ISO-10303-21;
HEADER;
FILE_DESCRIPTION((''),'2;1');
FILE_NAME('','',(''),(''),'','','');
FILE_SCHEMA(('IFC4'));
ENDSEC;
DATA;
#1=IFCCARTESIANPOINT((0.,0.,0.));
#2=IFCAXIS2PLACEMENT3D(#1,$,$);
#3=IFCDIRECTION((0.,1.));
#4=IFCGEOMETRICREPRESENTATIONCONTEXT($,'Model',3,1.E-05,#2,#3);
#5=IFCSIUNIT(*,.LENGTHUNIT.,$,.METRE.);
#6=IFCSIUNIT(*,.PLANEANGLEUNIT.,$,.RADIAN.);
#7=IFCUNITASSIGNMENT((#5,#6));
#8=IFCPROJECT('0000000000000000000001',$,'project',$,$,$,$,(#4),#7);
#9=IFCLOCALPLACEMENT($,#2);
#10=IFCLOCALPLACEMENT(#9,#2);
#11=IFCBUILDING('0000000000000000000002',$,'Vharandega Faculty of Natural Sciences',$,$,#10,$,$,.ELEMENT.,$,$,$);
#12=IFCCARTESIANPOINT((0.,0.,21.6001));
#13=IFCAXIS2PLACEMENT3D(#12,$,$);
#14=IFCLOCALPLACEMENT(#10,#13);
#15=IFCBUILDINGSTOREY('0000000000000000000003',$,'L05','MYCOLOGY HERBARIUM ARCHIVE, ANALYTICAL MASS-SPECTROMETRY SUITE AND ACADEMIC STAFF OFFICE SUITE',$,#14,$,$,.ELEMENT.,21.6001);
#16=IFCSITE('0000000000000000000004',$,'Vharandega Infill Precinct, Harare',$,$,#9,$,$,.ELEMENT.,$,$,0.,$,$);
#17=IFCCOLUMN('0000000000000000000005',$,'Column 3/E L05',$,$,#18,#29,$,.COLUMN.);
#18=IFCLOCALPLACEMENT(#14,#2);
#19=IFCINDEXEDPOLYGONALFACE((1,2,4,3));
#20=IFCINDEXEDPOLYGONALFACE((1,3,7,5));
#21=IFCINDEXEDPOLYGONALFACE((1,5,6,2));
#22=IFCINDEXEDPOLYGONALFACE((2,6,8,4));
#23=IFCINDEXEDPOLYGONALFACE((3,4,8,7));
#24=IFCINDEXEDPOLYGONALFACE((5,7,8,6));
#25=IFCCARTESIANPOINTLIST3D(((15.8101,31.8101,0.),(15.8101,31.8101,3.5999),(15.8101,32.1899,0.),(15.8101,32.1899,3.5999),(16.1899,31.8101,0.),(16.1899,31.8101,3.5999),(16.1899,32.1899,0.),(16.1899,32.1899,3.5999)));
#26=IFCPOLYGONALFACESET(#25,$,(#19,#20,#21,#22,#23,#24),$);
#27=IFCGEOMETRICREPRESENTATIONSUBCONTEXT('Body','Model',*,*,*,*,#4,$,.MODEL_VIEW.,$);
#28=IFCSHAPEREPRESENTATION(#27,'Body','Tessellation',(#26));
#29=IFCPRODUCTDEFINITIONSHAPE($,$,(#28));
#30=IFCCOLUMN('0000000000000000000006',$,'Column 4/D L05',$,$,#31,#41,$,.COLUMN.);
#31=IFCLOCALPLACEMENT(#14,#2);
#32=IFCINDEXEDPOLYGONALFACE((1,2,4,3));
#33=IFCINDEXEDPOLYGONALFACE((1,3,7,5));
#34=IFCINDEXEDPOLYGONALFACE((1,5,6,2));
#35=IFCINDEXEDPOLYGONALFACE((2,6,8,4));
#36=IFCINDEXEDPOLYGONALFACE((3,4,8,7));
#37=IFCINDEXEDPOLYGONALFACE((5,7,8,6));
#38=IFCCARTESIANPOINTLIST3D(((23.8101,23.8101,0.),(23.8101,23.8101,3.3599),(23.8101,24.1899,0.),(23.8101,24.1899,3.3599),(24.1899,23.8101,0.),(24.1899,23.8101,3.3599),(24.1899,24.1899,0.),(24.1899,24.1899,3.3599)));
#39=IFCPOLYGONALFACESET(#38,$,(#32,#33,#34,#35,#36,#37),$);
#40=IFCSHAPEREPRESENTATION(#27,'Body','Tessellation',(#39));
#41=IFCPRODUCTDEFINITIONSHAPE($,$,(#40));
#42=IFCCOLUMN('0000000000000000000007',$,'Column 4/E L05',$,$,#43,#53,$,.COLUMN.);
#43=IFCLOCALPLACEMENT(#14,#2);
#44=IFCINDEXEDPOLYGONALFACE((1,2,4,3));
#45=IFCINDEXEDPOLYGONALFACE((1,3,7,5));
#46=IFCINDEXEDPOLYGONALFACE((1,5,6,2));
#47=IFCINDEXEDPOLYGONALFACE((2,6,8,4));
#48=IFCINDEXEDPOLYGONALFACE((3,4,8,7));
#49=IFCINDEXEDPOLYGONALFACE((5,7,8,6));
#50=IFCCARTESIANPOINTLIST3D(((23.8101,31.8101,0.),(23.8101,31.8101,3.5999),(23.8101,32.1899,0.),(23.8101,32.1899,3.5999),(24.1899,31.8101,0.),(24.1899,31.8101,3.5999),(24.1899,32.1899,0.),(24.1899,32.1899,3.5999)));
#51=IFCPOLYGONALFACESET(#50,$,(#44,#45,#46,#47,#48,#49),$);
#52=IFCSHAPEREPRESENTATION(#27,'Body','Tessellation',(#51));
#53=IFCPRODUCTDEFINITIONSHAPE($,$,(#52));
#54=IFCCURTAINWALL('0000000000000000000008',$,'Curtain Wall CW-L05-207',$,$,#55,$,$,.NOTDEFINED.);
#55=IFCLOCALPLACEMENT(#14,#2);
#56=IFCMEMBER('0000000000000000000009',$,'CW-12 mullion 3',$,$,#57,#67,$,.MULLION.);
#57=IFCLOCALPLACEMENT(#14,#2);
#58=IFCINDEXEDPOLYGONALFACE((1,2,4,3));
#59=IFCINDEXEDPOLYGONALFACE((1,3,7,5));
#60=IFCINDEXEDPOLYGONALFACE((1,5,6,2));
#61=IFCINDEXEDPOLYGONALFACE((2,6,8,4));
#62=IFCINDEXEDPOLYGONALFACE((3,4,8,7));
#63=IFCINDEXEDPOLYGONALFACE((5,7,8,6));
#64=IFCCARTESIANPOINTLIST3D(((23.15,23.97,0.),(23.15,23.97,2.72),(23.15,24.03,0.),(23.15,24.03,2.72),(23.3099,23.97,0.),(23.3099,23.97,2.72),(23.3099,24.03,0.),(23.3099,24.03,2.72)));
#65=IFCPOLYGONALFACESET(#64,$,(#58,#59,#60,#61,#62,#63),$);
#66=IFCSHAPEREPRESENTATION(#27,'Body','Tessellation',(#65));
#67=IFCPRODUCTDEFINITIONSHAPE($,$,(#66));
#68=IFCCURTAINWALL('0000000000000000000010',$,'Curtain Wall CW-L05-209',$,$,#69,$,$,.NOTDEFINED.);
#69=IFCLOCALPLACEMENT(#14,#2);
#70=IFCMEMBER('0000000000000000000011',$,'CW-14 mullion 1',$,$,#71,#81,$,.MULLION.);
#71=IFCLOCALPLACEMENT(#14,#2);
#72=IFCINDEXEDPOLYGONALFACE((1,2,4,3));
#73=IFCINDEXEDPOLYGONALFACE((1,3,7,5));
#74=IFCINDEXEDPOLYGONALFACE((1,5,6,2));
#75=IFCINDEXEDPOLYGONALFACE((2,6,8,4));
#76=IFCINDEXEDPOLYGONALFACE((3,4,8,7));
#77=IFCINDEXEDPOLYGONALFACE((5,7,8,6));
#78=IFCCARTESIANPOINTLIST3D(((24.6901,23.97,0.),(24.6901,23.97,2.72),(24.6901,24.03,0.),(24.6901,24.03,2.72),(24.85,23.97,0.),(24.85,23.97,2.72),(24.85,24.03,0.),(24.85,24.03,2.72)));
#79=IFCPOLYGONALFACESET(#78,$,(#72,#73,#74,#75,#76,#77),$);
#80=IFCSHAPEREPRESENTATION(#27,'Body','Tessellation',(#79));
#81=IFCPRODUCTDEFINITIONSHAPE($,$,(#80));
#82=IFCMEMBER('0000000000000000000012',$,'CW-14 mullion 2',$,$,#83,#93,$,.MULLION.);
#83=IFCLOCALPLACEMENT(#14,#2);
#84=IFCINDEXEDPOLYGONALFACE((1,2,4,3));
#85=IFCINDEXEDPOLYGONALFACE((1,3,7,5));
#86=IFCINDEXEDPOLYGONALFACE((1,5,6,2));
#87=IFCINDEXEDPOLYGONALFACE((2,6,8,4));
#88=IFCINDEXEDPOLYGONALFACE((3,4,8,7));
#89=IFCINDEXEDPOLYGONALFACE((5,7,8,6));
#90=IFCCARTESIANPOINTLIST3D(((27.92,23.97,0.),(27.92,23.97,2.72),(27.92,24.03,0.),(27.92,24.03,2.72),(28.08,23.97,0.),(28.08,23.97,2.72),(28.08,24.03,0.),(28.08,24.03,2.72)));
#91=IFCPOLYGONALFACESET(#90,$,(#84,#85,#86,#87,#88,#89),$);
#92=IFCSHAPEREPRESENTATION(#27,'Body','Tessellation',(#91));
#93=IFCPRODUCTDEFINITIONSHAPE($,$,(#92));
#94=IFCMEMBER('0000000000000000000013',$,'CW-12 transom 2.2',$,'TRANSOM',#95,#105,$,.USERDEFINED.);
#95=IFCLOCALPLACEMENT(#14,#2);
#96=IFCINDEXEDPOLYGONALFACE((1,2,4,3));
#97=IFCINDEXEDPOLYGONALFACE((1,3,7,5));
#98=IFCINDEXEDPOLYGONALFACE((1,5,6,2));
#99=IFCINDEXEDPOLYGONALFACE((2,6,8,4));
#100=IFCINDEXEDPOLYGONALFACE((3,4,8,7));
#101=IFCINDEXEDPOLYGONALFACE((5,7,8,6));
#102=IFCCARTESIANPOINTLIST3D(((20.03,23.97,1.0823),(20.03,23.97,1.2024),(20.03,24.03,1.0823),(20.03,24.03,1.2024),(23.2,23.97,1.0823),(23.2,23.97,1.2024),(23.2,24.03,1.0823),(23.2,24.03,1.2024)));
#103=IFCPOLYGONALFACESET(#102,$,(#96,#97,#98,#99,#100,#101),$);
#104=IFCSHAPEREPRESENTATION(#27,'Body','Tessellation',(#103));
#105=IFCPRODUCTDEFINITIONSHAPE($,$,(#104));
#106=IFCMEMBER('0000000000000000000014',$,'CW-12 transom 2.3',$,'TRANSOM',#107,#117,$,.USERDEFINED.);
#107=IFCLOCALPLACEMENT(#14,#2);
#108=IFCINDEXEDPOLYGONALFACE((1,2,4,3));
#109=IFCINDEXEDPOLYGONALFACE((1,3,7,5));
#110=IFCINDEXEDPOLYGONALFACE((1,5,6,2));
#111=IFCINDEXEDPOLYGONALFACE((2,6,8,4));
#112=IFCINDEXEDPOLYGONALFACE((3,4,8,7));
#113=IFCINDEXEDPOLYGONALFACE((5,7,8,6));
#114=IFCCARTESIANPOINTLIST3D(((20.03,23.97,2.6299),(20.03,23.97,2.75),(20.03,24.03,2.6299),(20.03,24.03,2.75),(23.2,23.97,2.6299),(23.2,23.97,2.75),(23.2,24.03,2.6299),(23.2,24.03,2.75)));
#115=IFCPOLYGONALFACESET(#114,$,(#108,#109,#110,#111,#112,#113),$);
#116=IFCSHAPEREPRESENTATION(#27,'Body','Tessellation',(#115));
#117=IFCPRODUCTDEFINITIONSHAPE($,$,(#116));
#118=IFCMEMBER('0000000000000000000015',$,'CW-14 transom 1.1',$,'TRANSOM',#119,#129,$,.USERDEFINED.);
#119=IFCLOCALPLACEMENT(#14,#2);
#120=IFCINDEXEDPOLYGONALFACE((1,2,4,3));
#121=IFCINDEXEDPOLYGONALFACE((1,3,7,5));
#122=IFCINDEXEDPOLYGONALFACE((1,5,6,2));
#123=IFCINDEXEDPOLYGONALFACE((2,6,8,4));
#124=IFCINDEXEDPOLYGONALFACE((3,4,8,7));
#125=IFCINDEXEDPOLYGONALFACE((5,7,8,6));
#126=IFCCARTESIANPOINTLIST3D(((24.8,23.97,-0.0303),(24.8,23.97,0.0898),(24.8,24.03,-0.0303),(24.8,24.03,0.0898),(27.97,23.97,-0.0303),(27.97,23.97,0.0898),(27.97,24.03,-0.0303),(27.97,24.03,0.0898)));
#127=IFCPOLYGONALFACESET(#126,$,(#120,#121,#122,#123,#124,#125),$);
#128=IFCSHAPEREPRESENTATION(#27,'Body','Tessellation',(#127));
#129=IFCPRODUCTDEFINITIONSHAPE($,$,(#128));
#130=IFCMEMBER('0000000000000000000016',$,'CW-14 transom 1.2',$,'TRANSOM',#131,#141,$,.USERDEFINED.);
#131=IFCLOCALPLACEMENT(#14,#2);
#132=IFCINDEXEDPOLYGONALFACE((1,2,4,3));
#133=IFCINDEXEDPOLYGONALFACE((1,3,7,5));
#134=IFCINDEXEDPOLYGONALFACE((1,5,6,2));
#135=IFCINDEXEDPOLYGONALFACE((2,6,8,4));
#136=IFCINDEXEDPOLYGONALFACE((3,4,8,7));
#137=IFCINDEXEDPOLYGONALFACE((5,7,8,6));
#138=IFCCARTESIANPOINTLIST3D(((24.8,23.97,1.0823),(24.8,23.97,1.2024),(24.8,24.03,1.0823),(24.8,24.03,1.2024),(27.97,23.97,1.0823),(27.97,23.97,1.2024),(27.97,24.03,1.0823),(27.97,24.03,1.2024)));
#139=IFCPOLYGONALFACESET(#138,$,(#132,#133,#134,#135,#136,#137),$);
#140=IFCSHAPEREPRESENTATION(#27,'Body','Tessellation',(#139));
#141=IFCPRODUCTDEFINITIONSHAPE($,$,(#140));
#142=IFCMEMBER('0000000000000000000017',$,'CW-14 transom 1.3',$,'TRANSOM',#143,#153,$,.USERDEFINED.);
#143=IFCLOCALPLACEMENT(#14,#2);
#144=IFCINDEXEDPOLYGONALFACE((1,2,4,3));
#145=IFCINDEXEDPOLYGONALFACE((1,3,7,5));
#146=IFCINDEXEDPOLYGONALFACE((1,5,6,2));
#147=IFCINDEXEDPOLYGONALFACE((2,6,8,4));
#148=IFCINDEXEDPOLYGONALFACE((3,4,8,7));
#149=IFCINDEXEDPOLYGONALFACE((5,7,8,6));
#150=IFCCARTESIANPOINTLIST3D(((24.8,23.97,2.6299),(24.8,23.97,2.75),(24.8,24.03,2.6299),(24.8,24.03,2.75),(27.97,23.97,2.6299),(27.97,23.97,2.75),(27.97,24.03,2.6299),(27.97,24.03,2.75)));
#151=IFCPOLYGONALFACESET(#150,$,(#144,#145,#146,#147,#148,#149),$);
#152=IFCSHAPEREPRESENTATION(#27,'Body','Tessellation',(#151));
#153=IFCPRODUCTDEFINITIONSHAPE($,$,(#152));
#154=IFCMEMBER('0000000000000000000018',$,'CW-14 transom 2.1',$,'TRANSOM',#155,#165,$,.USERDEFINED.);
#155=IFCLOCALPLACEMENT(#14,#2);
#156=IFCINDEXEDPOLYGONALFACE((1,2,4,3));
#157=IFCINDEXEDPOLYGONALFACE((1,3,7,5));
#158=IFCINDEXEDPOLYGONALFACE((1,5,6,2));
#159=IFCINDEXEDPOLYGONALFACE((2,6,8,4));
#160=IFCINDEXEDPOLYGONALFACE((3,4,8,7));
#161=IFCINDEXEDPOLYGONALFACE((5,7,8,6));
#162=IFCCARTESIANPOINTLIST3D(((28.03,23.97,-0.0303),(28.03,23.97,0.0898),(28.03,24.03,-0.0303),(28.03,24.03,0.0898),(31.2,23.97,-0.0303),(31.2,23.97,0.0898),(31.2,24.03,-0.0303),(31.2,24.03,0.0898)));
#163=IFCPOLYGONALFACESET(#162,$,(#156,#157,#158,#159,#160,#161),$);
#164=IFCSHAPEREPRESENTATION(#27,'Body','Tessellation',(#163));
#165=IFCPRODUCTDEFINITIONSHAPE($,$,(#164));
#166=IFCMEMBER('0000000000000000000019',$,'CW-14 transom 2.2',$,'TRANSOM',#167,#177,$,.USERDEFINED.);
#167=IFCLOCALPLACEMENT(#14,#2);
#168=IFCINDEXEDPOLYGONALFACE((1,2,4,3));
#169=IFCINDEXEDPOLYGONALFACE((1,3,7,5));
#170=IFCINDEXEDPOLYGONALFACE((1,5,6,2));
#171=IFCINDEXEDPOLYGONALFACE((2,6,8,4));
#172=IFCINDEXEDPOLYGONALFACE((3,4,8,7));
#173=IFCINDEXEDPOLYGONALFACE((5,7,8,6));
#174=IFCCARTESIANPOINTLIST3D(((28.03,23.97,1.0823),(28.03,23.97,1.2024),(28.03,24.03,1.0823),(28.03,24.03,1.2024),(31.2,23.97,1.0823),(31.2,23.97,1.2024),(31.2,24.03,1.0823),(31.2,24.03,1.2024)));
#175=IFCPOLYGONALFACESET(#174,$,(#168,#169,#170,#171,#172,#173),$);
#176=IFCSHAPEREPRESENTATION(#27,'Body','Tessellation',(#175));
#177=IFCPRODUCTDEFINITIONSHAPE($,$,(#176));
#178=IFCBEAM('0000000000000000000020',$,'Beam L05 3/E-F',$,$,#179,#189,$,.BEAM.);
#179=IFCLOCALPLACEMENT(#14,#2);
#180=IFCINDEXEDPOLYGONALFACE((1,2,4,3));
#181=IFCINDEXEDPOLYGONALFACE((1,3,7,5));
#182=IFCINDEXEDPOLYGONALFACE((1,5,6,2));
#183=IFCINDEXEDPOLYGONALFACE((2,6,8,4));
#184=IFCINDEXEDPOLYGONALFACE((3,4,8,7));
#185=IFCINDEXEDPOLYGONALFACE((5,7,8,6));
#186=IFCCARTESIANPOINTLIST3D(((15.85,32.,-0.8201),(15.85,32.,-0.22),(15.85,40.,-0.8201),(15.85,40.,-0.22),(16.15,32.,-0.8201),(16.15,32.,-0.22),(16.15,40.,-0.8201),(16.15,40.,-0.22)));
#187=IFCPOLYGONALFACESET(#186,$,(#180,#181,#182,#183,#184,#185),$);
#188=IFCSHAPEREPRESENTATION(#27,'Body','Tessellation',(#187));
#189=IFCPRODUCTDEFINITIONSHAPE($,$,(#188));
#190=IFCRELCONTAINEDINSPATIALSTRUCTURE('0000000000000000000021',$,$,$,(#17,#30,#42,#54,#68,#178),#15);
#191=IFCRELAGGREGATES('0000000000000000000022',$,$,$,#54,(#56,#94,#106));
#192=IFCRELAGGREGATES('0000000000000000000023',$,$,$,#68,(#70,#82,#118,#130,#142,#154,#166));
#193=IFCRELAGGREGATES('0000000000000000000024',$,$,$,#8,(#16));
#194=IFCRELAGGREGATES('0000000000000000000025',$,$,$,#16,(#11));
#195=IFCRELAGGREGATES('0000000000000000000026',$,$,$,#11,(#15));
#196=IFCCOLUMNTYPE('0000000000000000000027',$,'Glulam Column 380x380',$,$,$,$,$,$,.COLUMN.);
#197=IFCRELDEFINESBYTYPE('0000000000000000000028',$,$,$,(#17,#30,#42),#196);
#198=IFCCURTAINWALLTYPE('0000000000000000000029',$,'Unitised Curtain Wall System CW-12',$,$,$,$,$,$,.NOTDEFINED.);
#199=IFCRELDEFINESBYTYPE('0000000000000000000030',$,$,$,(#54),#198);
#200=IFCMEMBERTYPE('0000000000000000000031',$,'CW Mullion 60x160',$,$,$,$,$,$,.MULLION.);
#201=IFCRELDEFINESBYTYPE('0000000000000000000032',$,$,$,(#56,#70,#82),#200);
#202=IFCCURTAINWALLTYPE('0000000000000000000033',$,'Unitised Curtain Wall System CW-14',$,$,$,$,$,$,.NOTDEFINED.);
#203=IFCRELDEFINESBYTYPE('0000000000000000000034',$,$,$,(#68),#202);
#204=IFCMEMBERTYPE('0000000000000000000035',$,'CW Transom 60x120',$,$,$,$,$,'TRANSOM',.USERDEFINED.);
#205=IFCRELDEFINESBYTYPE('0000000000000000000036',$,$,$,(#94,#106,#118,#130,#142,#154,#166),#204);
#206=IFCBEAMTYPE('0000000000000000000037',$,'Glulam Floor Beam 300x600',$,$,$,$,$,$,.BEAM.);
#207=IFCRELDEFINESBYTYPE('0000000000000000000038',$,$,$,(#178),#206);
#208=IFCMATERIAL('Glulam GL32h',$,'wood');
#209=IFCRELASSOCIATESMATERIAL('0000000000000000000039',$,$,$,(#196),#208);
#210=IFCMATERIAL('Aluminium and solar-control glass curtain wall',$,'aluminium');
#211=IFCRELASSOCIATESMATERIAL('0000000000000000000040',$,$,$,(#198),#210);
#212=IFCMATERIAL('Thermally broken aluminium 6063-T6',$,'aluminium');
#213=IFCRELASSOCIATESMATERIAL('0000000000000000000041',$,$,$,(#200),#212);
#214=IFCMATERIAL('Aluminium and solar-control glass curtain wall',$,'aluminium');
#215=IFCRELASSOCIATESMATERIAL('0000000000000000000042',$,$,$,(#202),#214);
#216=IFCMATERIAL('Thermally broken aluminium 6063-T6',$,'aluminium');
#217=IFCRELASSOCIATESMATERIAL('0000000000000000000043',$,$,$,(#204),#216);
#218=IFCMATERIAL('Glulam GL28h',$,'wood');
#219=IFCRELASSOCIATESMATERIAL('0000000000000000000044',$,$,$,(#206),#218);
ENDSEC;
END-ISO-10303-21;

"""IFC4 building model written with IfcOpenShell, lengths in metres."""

from ifc_helpers import new_model, si_unit, direction, frame, origin, origin_2d, place, context, subcontext, project, spatial, rectangle, extrude, material, material_profile, profile_set, type_object, element, aggregate, save


model = new_model("IFC4")

# Units and contexts
model_context = context("Model", 3, precision=1e-05, world=origin(), true_north=direction((0.0, 1.0)))
body_context = subcontext(model_context, "Body", "Model", "MODEL_VIEW")
ifc_project = project(units=[si_unit("LENGTHUNIT", "METRE"), si_unit("PLANEANGLEUNIT", "RADIAN")], contexts=[model_context])

# Site, building, storey
site_placement = place(None, origin())
site = spatial("IfcSite", under=ifc_project, at=site_placement, Name="Vharandega Infill Precinct, Harare", CompositionType="ELEMENT", RefElevation=0.0)
building_placement = place(site_placement, origin())
building = spatial("IfcBuilding", under=site, at=building_placement, Name="Vharandega Faculty of Natural Sciences", CompositionType="ELEMENT")
storey_placement = place(building_placement, frame((0.0, 0.0, 21.6001)))
storey = spatial("IfcBuildingStorey", under=building, at=storey_placement, Name="L05", Description="MYCOLOGY HERBARIUM ARCHIVE, ANALYTICAL MASS-SPECTROMETRY SUITE AND ACADEMIC STAFF OFFICE SUITE", CompositionType="ELEMENT", Elevation=21.6001)

# Columns
ifc_material_1 = material(Name="Glulam GL32h", Category="wood")
ifc_material_profile_1 = material_profile(ifc_material_1, rectangle(XDim=0.3799, YDim=0.3799, at=origin_2d()), Name="GL32h 380x380")
ifc_profile_set_1 = profile_set([ifc_material_profile_1], Name="Glulam GL32h")
column_type = type_object("IfcColumnType", Name="Glulam Column 380x380", PredefinedType="COLUMN", material=ifc_profile_set_1)
column_1_placement = place(storey_placement, frame((16.0, 32.0, 0.0), z_axis=(0.0, 0.0, 1.0), x_axis=(1.0, 0.0, 0.0)))
element("IfcColumn", 1, at=column_1_placement, inside=storey, type_object=column_type, Name="Column 3/E L05", PredefinedType="COLUMN", context=body_context, shape_type="SweptSolid", body=[
    extrude(rectangle(XDim=0.3799, YDim=0.3799, at=origin_2d()), origin(), (0.0, 0.0, 1.0), 3.5999),
])
column_2_placement = place(storey_placement, frame((24.0, 24.0, 0.0), z_axis=(0.0, 0.0, 1.0), x_axis=(1.0, 0.0, 0.0)))
element("IfcColumn", 2, at=column_2_placement, inside=storey, type_object=column_type, Name="Column 4/D L05", PredefinedType="COLUMN", context=body_context, shape_type="SweptSolid", body=[
    extrude(rectangle(XDim=0.3799, YDim=0.3799, at=origin_2d()), origin(), (0.0, 0.0, 1.0), 3.3599),
])
column_3_placement = place(storey_placement, frame((24.0, 32.0, 0.0), z_axis=(0.0, 0.0, 1.0), x_axis=(1.0, 0.0, 0.0)))
element("IfcColumn", 3, at=column_3_placement, inside=storey, type_object=column_type, Name="Column 4/E L05", PredefinedType="COLUMN", context=body_context, shape_type="SweptSolid", body=[
    extrude(rectangle(XDim=0.3799, YDim=0.3799, at=origin_2d()), origin(), (0.0, 0.0, 1.0), 3.5999),
])

# Curtain wall, member
ifc_material_2 = material(Name="Aluminium and solar-control glass curtain wall", Category="aluminium")
curtain_wall_type_1 = type_object("IfcCurtainWallType", Name="Unitised Curtain Wall System CW-12", PredefinedType="NOTDEFINED", material=ifc_material_2)
curtain_wall_1_placement = place(storey_placement, origin())
curtain_wall_1 = element("IfcCurtainWall", 4, at=curtain_wall_1_placement, inside=storey, type_object=curtain_wall_type_1, Name="Curtain Wall CW-L05-207", PredefinedType="NOTDEFINED")
ifc_material_3 = material(Name="Thermally broken aluminium 6063-T6", Category="aluminium")
ifc_material_profile_2 = material_profile(ifc_material_3, rectangle(XDim=0.0601, YDim=0.1599, at=origin_2d()), Name="ALU 60x160")
ifc_profile_set_2 = profile_set([ifc_material_profile_2], Name="Thermally broken aluminium 6063-T6")
member_type_1 = type_object("IfcMemberType", Name="CW Mullion 60x160", PredefinedType="MULLION", material=ifc_profile_set_2)
member_1_placement = place(storey_placement, frame((23.23, 24.0, 0.0), z_axis=(0.0, 0.0, 1.0), x_axis=(0.0, 1.0, 0.0)))
member_1 = element("IfcMember", 5, at=member_1_placement, type_object=member_type_1, Name="CW-12 mullion 3", PredefinedType="MULLION", context=body_context, shape_type="SweptSolid", body=[
    extrude(rectangle(XDim=0.0601, YDim=0.1599, at=origin_2d()), origin(), (0.0, 0.0, 1.0), 2.72),
])

# Curtain wall, members
ifc_material_4 = material(Name="Aluminium and solar-control glass curtain wall", Category="aluminium")
curtain_wall_type_2 = type_object("IfcCurtainWallType", Name="Unitised Curtain Wall System CW-14", PredefinedType="NOTDEFINED", material=ifc_material_4)
curtain_wall_2_placement = place(storey_placement, origin())
curtain_wall_2 = element("IfcCurtainWall", 6, at=curtain_wall_2_placement, inside=storey, type_object=curtain_wall_type_2, Name="Curtain Wall CW-L05-209", PredefinedType="NOTDEFINED")
member_2_placement = place(storey_placement, frame((24.77, 24.0, 0.0), z_axis=(0.0, 0.0, 1.0), x_axis=(0.0, 1.0, 0.0)))
member_2 = element("IfcMember", 7, at=member_2_placement, type_object=member_type_1, Name="CW-14 mullion 1", PredefinedType="MULLION", context=body_context, shape_type="SweptSolid", body=[
    extrude(rectangle(XDim=0.0601, YDim=0.1599, at=origin_2d()), origin(), (0.0, 0.0, 1.0), 2.72),
])
member_3_placement = place(storey_placement, frame((28.0, 24.0, 0.0), z_axis=(0.0, 0.0, 1.0), x_axis=(0.0, 1.0, 0.0)))
member_3 = element("IfcMember", 8, at=member_3_placement, type_object=member_type_1, Name="CW-14 mullion 2", PredefinedType="MULLION", context=body_context, shape_type="SweptSolid", body=[
    extrude(rectangle(XDim=0.0601, YDim=0.1599, at=origin_2d()), origin(), (0.0, 0.0, 1.0), 2.72),
])

# Members
ifc_material_5 = material(Name="Thermally broken aluminium 6063-T6", Category="aluminium")
ifc_material_profile_3 = material_profile(ifc_material_5, rectangle(XDim=0.0601, YDim=0.1201, at=origin_2d()), Name="ALU 60x120")
ifc_profile_set_3 = profile_set([ifc_material_profile_3], Name="Thermally broken aluminium 6063-T6")
member_type_2 = type_object("IfcMemberType", Name="CW Transom 60x120", ElementType="TRANSOM", PredefinedType="USERDEFINED", material=ifc_profile_set_3)
member_4_placement = place(storey_placement, frame((20.03, 24.0, 1.1423), z_axis=(1.0, 0.0, 0.0), x_axis=(0.0, 1.0, 0.0)))
member_4 = element("IfcMember", 9, at=member_4_placement, type_object=member_type_2, Name="CW-12 transom 2.2", ObjectType="TRANSOM", PredefinedType="USERDEFINED", context=body_context, shape_type="SweptSolid", body=[
    extrude(rectangle(XDim=0.0601, YDim=0.1201, at=origin_2d()), origin(), (0.0, 0.0, 1.0), 3.1699),
])
member_5_placement = place(storey_placement, frame((20.03, 24.0, 2.6899), z_axis=(1.0, 0.0, 0.0), x_axis=(0.0, 1.0, 0.0)))
member_5 = element("IfcMember", 10, at=member_5_placement, type_object=member_type_2, Name="CW-12 transom 2.3", ObjectType="TRANSOM", PredefinedType="USERDEFINED", context=body_context, shape_type="SweptSolid", body=[
    extrude(rectangle(XDim=0.0601, YDim=0.1201, at=origin_2d()), origin(), (0.0, 0.0, 1.0), 3.1699),
])
member_6_placement = place(storey_placement, frame((24.8, 24.0, 0.0298), z_axis=(1.0, 0.0, 0.0), x_axis=(0.0, 1.0, 0.0)))
member_6 = element("IfcMember", 11, at=member_6_placement, type_object=member_type_2, Name="CW-14 transom 1.1", ObjectType="TRANSOM", PredefinedType="USERDEFINED", context=body_context, shape_type="SweptSolid", body=[
    extrude(rectangle(XDim=0.0601, YDim=0.1201, at=origin_2d()), origin(), (0.0, 0.0, 1.0), 3.1699),
])
member_7_placement = place(storey_placement, frame((24.8, 24.0, 1.1423), z_axis=(1.0, 0.0, 0.0), x_axis=(0.0, 1.0, 0.0)))
member_7 = element("IfcMember", 12, at=member_7_placement, type_object=member_type_2, Name="CW-14 transom 1.2", ObjectType="TRANSOM", PredefinedType="USERDEFINED", context=body_context, shape_type="SweptSolid", body=[
    extrude(rectangle(XDim=0.0601, YDim=0.1201, at=origin_2d()), origin(), (0.0, 0.0, 1.0), 3.1699),
])
member_8_placement = place(storey_placement, frame((24.8, 24.0, 2.6899), z_axis=(1.0, 0.0, 0.0), x_axis=(0.0, 1.0, 0.0)))
member_8 = element("IfcMember", 13, at=member_8_placement, type_object=member_type_2, Name="CW-14 transom 1.3", ObjectType="TRANSOM", PredefinedType="USERDEFINED", context=body_context, shape_type="SweptSolid", body=[
    extrude(rectangle(XDim=0.0601, YDim=0.1201, at=origin_2d()), origin(), (0.0, 0.0, 1.0), 3.1699),
])
member_9_placement = place(storey_placement, frame((28.03, 24.0, 0.0298), z_axis=(1.0, 0.0, 0.0), x_axis=(0.0, 1.0, 0.0)))
member_9 = element("IfcMember", 14, at=member_9_placement, type_object=member_type_2, Name="CW-14 transom 2.1", ObjectType="TRANSOM", PredefinedType="USERDEFINED", context=body_context, shape_type="SweptSolid", body=[
    extrude(rectangle(XDim=0.0601, YDim=0.1201, at=origin_2d()), origin(), (0.0, 0.0, 1.0), 3.1699),
])
member_10_placement = place(storey_placement, frame((28.03, 24.0, 1.1423), z_axis=(1.0, 0.0, 0.0), x_axis=(0.0, 1.0, 0.0)))
member_10 = element("IfcMember", 15, at=member_10_placement, type_object=member_type_2, Name="CW-14 transom 2.2", ObjectType="TRANSOM", PredefinedType="USERDEFINED", context=body_context, shape_type="SweptSolid", body=[
    extrude(rectangle(XDim=0.0601, YDim=0.1201, at=origin_2d()), origin(), (0.0, 0.0, 1.0), 3.1699),
])

# Beam
ifc_material_6 = material(Name="Glulam GL28h", Category="wood")
ifc_material_profile_4 = material_profile(ifc_material_6, rectangle(XDim=0.3, YDim=0.6001, at=origin_2d()), Name="GL28h 300x600")
ifc_profile_set_4 = profile_set([ifc_material_profile_4], Name="Glulam GL28h")
beam_type_1 = type_object("IfcBeamType", Name="Glulam Floor Beam 300x600", PredefinedType="BEAM", material=ifc_profile_set_4)
for number, where, z_axis, x_axis, name in (
    (16, (16.0, 32.0, -0.52), (0.0, 1.0, 0.0), (-1.0, 0.0, 0.0), "Beam L05 3/E-F"),
):
    element("IfcBeam", number, at=place(storey_placement, frame(where, z_axis=z_axis, x_axis=x_axis)), inside=storey, type_object=beam_type_1, Name=name, PredefinedType="BEAM", context=body_context, shape_type="SweptSolid", body=[
        extrude(rectangle(XDim=0.3, YDim=0.6001, at=origin_2d()), origin(), (0.0, 0.0, 1.0), 8.0),
    ])

aggregate(curtain_wall_1, [member_1, member_4, member_5])
aggregate(curtain_wall_2, [member_2, member_3, member_6, member_7, member_8, member_9, member_10])

save(model, "model.ifc")
